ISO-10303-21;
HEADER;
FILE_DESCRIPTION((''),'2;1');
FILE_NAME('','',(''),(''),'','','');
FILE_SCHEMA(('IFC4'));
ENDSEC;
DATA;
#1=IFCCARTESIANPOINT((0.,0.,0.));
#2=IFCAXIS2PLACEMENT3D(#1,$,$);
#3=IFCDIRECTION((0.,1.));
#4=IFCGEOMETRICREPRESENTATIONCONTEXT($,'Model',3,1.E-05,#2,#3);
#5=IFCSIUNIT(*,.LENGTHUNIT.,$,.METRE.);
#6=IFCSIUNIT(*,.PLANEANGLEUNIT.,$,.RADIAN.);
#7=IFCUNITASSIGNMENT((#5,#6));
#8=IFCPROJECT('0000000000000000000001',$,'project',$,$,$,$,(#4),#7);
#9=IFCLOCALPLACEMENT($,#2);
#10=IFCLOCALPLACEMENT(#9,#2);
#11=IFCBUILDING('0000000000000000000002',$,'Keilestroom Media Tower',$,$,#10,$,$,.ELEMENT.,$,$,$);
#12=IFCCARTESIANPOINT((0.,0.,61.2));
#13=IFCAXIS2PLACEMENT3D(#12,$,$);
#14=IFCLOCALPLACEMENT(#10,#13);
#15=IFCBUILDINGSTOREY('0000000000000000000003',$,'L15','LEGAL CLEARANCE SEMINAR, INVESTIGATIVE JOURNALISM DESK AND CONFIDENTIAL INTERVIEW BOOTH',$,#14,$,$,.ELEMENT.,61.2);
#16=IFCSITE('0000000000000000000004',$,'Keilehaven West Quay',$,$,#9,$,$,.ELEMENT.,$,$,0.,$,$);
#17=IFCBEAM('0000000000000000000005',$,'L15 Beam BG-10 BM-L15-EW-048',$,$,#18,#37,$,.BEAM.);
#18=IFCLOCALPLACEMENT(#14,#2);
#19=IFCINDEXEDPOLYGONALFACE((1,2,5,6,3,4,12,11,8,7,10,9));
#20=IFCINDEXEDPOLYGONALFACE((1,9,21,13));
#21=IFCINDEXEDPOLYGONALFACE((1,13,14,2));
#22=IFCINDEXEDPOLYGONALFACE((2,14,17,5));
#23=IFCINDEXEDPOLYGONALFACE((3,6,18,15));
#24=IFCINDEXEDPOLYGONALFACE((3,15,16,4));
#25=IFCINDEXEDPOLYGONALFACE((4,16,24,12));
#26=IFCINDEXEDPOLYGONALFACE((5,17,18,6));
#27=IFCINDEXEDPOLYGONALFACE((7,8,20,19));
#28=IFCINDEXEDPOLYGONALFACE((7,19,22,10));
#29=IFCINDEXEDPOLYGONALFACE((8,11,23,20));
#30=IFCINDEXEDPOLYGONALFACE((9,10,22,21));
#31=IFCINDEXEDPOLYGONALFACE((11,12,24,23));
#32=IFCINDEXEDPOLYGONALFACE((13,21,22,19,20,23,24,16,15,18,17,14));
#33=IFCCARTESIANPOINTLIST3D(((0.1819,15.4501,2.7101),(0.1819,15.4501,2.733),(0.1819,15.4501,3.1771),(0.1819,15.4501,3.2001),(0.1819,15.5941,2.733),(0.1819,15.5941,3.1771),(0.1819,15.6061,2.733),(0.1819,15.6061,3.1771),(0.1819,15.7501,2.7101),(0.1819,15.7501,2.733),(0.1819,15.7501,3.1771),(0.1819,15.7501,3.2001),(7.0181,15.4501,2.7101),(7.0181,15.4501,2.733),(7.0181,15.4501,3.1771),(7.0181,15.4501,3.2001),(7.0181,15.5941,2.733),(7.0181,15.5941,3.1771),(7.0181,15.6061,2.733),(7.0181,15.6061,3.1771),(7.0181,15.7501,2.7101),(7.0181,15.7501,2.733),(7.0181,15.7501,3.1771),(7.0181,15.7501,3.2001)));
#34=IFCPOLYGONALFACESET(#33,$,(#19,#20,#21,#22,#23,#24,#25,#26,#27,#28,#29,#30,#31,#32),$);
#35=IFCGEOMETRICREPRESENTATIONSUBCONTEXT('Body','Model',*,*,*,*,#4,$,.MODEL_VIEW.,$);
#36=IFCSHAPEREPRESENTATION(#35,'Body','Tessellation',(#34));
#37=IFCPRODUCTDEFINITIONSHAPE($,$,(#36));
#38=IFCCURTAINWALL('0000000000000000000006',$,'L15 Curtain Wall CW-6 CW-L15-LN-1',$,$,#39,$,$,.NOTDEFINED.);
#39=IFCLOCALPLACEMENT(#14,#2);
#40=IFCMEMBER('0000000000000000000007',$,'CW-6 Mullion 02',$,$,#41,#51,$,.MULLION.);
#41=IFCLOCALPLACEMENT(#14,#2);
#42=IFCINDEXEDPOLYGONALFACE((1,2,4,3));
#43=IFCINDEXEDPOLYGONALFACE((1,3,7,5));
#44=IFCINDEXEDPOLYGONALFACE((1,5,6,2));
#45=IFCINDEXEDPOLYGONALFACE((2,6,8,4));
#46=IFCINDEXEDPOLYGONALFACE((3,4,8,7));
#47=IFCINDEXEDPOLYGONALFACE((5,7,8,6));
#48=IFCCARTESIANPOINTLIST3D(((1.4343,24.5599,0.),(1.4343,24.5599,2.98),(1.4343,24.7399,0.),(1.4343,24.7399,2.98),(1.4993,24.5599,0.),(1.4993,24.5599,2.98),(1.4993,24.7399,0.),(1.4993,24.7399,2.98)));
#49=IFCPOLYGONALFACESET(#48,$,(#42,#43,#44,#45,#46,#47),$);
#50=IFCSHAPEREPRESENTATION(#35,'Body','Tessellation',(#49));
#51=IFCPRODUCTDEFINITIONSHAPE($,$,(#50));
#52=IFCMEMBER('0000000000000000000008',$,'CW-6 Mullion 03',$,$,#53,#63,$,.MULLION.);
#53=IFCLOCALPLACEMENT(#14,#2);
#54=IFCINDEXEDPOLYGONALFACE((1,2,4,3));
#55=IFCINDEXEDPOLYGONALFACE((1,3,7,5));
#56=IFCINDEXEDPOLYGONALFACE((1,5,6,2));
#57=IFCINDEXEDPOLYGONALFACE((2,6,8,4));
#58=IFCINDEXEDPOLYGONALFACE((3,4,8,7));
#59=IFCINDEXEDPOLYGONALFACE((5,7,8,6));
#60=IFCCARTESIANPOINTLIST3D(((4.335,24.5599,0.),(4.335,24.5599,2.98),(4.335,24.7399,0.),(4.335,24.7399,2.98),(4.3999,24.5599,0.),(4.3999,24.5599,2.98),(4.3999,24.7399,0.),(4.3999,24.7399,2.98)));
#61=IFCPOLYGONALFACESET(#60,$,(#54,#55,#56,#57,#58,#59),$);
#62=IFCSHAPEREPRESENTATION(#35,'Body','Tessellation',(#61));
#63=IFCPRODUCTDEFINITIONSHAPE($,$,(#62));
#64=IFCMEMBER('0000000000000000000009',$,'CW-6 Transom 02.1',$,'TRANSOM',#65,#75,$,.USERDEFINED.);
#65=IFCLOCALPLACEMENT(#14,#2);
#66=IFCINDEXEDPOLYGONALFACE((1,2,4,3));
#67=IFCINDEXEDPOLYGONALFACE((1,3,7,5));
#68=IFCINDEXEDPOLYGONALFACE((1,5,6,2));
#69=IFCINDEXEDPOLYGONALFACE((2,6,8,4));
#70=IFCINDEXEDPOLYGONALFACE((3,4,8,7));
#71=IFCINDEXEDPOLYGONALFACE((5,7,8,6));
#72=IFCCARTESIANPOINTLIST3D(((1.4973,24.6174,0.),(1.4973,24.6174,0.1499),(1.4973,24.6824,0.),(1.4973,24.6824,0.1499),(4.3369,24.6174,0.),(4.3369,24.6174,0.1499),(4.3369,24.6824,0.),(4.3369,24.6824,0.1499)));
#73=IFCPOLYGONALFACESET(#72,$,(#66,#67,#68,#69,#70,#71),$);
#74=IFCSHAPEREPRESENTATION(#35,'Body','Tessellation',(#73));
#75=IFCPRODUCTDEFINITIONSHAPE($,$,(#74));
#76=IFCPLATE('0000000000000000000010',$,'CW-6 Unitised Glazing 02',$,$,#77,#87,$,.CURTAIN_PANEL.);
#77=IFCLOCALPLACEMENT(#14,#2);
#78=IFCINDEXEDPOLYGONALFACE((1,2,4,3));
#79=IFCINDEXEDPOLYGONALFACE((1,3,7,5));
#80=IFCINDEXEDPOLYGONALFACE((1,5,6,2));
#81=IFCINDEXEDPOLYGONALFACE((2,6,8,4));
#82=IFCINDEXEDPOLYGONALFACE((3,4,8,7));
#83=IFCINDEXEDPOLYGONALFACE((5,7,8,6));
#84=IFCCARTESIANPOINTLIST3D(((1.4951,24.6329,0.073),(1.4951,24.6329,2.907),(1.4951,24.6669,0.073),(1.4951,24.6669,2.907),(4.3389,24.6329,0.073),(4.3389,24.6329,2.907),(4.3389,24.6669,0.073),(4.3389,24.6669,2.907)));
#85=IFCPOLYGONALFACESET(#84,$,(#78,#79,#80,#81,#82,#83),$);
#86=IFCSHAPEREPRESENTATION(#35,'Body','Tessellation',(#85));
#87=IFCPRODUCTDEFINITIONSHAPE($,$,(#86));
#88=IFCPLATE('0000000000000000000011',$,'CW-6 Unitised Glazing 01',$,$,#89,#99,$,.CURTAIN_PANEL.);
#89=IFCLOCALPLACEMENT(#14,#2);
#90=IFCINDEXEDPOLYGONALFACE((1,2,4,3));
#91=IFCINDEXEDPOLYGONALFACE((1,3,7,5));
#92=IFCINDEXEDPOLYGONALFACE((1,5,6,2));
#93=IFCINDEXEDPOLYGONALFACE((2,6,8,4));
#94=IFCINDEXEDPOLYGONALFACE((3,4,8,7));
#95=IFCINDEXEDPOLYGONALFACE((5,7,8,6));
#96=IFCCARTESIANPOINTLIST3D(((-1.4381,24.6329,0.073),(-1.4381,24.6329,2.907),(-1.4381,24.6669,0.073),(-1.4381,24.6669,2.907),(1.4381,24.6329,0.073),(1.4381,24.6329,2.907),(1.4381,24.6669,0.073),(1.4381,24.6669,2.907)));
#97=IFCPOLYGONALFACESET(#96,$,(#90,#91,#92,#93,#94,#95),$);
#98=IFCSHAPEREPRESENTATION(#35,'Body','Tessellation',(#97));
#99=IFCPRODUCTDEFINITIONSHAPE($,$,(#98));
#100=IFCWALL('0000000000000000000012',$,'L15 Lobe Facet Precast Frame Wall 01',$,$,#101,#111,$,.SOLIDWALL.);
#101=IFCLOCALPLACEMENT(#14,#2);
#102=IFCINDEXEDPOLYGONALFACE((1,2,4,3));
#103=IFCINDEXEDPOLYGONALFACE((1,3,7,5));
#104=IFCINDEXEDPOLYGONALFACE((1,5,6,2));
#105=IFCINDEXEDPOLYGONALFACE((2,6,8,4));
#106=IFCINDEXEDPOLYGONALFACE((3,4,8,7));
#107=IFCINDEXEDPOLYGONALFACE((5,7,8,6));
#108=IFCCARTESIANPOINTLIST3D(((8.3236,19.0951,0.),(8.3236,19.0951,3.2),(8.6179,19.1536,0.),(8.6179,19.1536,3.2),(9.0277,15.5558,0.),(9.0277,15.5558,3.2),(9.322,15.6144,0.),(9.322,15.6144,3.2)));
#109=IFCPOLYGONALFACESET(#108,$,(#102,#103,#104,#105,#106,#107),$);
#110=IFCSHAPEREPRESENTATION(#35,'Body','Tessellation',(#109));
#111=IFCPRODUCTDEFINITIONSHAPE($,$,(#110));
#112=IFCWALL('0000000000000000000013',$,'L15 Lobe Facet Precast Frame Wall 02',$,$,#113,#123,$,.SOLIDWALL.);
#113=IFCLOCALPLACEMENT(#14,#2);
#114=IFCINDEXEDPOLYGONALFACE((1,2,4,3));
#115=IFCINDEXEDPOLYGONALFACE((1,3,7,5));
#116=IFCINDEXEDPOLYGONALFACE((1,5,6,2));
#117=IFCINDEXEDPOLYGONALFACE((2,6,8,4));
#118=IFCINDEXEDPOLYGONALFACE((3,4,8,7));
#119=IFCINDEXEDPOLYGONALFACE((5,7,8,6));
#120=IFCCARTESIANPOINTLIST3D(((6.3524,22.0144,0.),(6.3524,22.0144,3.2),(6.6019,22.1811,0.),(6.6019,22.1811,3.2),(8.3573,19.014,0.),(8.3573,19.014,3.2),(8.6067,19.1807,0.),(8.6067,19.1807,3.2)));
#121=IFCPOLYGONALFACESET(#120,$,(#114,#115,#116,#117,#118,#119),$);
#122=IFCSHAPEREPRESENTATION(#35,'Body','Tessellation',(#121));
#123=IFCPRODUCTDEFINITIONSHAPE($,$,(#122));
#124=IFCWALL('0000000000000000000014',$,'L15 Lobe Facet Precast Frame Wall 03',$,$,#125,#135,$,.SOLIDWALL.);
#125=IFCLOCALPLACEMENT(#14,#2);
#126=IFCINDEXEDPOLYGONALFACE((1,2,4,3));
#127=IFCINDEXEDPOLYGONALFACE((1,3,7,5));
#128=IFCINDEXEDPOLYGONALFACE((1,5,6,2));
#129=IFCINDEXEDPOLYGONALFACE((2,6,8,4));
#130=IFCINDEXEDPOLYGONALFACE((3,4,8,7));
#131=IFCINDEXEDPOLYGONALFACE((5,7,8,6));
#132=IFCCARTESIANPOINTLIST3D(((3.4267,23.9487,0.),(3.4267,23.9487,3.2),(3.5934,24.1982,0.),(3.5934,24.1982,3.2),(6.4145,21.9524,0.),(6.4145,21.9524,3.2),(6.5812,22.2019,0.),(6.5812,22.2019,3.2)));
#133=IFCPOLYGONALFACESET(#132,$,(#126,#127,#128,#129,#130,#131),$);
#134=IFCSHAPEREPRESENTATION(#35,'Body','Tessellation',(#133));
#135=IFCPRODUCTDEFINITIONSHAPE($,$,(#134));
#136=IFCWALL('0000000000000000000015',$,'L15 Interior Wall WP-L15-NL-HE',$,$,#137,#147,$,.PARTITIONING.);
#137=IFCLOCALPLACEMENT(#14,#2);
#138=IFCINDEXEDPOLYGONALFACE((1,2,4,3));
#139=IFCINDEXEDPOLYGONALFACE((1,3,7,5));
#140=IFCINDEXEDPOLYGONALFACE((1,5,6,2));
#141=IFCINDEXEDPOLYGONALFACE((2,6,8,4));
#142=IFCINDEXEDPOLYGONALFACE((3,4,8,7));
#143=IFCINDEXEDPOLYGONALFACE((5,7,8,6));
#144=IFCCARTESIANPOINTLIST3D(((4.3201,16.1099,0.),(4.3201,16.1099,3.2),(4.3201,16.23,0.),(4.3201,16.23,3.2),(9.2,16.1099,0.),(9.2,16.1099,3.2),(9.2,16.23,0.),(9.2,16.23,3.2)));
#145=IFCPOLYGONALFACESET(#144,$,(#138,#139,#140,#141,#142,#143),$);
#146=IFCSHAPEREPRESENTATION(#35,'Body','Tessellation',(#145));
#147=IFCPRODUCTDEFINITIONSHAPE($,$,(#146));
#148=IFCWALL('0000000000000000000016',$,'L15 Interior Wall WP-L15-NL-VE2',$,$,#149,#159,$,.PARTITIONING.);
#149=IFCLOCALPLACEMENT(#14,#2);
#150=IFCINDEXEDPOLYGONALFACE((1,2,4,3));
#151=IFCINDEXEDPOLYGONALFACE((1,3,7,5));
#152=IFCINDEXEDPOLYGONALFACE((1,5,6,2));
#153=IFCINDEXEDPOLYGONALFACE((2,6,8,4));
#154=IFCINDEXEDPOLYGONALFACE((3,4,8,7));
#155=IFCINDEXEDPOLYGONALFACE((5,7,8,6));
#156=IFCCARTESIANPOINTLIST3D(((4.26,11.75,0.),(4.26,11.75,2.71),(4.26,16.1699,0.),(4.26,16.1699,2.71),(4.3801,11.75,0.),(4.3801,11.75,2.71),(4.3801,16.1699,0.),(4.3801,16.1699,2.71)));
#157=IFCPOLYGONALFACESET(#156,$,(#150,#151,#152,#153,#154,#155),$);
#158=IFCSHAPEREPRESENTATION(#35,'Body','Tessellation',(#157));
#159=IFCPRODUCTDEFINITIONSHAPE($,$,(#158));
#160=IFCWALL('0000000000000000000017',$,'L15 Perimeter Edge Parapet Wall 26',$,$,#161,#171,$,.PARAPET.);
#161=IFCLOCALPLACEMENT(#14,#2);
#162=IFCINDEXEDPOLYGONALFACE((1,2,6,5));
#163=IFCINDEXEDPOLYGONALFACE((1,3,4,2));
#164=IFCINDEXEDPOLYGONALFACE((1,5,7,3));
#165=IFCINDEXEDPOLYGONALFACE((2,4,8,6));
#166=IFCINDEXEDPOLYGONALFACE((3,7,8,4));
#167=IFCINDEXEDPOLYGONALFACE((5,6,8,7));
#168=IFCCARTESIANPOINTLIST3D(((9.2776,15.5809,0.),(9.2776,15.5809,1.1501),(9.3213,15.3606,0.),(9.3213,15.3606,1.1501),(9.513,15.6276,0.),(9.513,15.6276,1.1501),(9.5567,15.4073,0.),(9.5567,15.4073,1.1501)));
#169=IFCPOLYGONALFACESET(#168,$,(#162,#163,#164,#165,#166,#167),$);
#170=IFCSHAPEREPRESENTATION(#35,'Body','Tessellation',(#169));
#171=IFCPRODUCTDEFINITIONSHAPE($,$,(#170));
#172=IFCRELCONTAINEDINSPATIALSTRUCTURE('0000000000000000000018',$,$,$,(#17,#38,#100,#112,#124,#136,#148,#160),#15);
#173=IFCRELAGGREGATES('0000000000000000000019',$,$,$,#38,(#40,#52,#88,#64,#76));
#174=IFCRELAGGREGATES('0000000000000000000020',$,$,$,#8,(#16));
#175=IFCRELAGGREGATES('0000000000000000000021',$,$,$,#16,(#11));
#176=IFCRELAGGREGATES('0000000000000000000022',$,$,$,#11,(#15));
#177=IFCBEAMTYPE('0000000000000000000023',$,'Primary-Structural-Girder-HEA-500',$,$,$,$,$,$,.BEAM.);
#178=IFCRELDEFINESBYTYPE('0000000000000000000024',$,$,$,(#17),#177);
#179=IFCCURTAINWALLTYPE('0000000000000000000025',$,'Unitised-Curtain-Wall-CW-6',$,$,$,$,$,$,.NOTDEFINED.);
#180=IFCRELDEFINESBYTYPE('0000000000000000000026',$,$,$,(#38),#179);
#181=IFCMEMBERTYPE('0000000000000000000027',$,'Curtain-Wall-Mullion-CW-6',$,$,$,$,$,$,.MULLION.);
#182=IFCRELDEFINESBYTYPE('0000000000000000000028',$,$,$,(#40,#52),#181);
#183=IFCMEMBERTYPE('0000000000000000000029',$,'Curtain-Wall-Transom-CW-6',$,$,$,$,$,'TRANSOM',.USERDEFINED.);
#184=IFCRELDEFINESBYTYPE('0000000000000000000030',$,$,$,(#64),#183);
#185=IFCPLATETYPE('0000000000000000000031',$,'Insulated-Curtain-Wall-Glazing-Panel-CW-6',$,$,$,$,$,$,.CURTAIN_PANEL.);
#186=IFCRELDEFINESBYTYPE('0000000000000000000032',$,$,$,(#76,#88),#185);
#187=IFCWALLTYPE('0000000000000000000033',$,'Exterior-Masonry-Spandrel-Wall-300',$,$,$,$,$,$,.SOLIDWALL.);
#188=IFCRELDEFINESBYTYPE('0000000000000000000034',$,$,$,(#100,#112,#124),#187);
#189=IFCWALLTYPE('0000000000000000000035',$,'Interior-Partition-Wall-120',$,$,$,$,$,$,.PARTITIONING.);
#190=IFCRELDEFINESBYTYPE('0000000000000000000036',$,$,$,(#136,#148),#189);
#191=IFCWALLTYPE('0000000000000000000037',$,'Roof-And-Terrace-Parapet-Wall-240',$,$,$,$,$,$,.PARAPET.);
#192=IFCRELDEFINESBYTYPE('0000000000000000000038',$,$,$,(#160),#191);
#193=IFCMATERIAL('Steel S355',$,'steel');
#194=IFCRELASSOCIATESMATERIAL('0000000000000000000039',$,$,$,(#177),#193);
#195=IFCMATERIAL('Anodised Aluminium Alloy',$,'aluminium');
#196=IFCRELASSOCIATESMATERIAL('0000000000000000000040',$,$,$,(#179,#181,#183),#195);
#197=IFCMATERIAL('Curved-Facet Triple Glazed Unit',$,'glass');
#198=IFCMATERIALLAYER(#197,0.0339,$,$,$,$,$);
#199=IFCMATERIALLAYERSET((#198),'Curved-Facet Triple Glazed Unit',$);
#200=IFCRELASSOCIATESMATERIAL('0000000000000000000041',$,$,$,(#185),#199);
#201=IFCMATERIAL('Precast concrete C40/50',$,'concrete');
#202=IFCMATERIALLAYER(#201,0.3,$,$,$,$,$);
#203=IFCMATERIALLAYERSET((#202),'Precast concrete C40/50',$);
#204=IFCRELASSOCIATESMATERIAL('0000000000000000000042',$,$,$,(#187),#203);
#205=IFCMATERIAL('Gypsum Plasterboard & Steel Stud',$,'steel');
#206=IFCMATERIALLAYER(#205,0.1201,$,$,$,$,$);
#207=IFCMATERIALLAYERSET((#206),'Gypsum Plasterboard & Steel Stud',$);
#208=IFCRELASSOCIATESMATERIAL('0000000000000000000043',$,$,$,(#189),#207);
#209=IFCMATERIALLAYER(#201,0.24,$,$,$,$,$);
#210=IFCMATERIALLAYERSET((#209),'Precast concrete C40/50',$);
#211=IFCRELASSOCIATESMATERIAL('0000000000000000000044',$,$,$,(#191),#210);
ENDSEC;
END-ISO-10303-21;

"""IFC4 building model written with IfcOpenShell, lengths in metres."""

from ifc_helpers import new_model, si_unit, direction, frame, frame_2d, origin, origin_2d, place, context, subcontext, project, spatial, rectangle, i_section, extrude, source, transform, mapped, material, layer, layer_set, material_profile, profile_set, type_object, element, aggregate, save


model = new_model("IFC4")

# Units and contexts
model_context = context("Model", 3, precision=1e-05, world=origin(), true_north=direction((0.0, 1.0)))
body_context = subcontext(model_context, "Body", "Model", "MODEL_VIEW")
ifc_project = project(units=[si_unit("LENGTHUNIT", "METRE"), si_unit("PLANEANGLEUNIT", "RADIAN")], contexts=[model_context])

# Site, building, storey
site_placement = place(None, origin())
site = spatial("IfcSite", under=ifc_project, at=site_placement, Name="Keilehaven West Quay", CompositionType="ELEMENT", RefElevation=0.0)
building_placement = place(site_placement, origin())
building = spatial("IfcBuilding", under=site, at=building_placement, Name="Keilestroom Media Tower", CompositionType="ELEMENT")
storey_placement = place(building_placement, frame((0.0, 0.0, 61.2)))
storey = spatial("IfcBuildingStorey", under=building, at=storey_placement, Name="L15", Description="LEGAL CLEARANCE SEMINAR, INVESTIGATIVE JOURNALISM DESK AND CONFIDENTIAL INTERVIEW BOOTH", CompositionType="ELEMENT", Elevation=61.2)

# Beam
ifc_material_1 = material(Name="Steel S355", Category="steel")
ifc_material_profile_1 = material_profile(ifc_material_1, i_section(OverallWidth=0.3, OverallDepth=0.49, WebThickness=0.012, FlangeThickness=0.0229, at=origin_2d()), Name="HEA 500")
ifc_profile_set_1 = profile_set([ifc_material_profile_1], Name="Steel S355")
beam_type_1 = type_object("IfcBeamType", Name="Primary-Structural-Girder-HEA-500", PredefinedType="BEAM", material=ifc_profile_set_1)
shared_shape_1 = source(origin(), body_context, "Body", "SweptSolid", [
    extrude(i_section(OverallWidth=0.3, OverallDepth=0.49, WebThickness=0.012, FlangeThickness=0.0229, at=origin_2d()), origin(), (0.0, 0.0, 1.0), 6.8362),
])
for number, where, z_axis, x_axis, name in (
    (1, (0.1819, 15.6001, 2.9551), (1.0, 0.0, 0.0), (0.0, 1.0, 0.0), "L15 Beam BG-10 BM-L15-EW-048"),
):
    element("IfcBeam", number, at=place(storey_placement, frame(where, z_axis=z_axis, x_axis=x_axis)), inside=storey, type_object=beam_type_1, Name=name, PredefinedType="BEAM", context=body_context, shape_type="MappedRepresentation", body=[
        mapped(shared_shape_1, transform((0.0, 0.0, 0.0), x_axis=(1.0, 0.0, 0.0), y_axis=(0.0, 1.0, 0.0), z_axis=(0.0, 0.0, 1.0), scale=1.0)),
    ])

# Curtain wall, members, plates
ifc_material_2 = material(Name="Anodised Aluminium Alloy", Category="aluminium")
curtain_wall_type = type_object("IfcCurtainWallType", Name="Unitised-Curtain-Wall-CW-6", PredefinedType="NOTDEFINED", material=ifc_material_2)
curtain_wall_placement = place(storey_placement, origin())
curtain_wall = element("IfcCurtainWall", 2, at=curtain_wall_placement, inside=storey, type_object=curtain_wall_type, Name="L15 Curtain Wall CW-6 CW-L15-LN-1", PredefinedType="NOTDEFINED")
ifc_material_profile_2 = material_profile(ifc_material_2, rectangle(XDim=0.0649, YDim=0.1799, at=origin_2d()), Name="ALU MULLION 65x180")
ifc_profile_set_2 = profile_set([ifc_material_profile_2], Name="Anodised Aluminium Alloy")
member_type_1 = type_object("IfcMemberType", Name="Curtain-Wall-Mullion-CW-6", PredefinedType="MULLION", material=ifc_profile_set_2)
shared_shape_2 = source(origin(), body_context, "Body", "SweptSolid", [
    extrude(rectangle(XDim=0.0649, YDim=0.1799, at=origin_2d()), origin(), (0.0, 0.0, 1.0), 2.98),
])
member_1_placement = place(storey_placement, frame((1.4668, 24.6499, 0.0), z_axis=(0.0, 0.0, 1.0), x_axis=(1.0, 0.0, 0.0)))
member_1 = element("IfcMember", 3, at=member_1_placement, type_object=member_type_1, Name="CW-6 Mullion 02", PredefinedType="MULLION", context=body_context, shape_type="MappedRepresentation", body=[
    mapped(shared_shape_2, transform((0.0, 0.0, 0.0), x_axis=(1.0, 0.0, 0.0), y_axis=(0.0, 1.0, 0.0), z_axis=(0.0, 0.0, 1.0), scale=1.0)),
])
member_2_placement = place(storey_placement, frame((4.3674, 24.6499, 0.0), z_axis=(0.0, 0.0, 1.0), x_axis=(1.0, 0.0, 0.0)))
member_2 = element("IfcMember", 4, at=member_2_placement, type_object=member_type_1, Name="CW-6 Mullion 03", PredefinedType="MULLION", context=body_context, shape_type="MappedRepresentation", body=[
    mapped(shared_shape_2, transform((0.0, 0.0, 0.0), x_axis=(1.0, 0.0, 0.0), y_axis=(0.0, 1.0, 0.0), z_axis=(0.0, 0.0, 1.0), scale=1.0)),
])
ifc_material_profile_3 = material_profile(ifc_material_2, rectangle(XDim=0.0649, YDim=0.1499, at=origin_2d()), Name="ALU TRANSOM 65x150")
ifc_profile_set_3 = profile_set([ifc_material_profile_3], Name="Anodised Aluminium Alloy")
member_type_2 = type_object("IfcMemberType", Name="Curtain-Wall-Transom-CW-6", ElementType="TRANSOM", PredefinedType="USERDEFINED", material=ifc_profile_set_3)
shared_shape_3 = source(origin(), body_context, "Body", "SweptSolid", [
    extrude(rectangle(XDim=0.0649, YDim=0.1499, at=origin_2d()), origin(), (0.0, 0.0, 1.0), 2.8396),
])
member_3_placement = place(storey_placement, frame((1.4973, 24.6499, 0.075), z_axis=(1.0, 0.0, 0.0), x_axis=(0.0, 1.0, 0.0)))
member_3 = element("IfcMember", 5, at=member_3_placement, type_object=member_type_2, Name="CW-6 Transom 02.1", ObjectType="TRANSOM", PredefinedType="USERDEFINED", context=body_context, shape_type="MappedRepresentation", body=[
    mapped(shared_shape_3, transform((0.0, 0.0, 0.0), x_axis=(1.0, 0.0, 0.0), y_axis=(0.0, 1.0, 0.0), z_axis=(0.0, 0.0, 1.0), scale=1.0)),
])
ifc_material_3 = material(Name="Curved-Facet Triple Glazed Unit", Category="glass")
ifc_layer_1 = layer(ifc_material_3, 0.0339)
ifc_layer_set_1 = layer_set([ifc_layer_1], Name="Curved-Facet Triple Glazed Unit")
plate_type = type_object("IfcPlateType", Name="Insulated-Curtain-Wall-Glazing-Panel-CW-6", PredefinedType="CURTAIN_PANEL", material=ifc_layer_set_1)
shared_shape_4 = source(origin(), body_context, "Body", "SweptSolid", [
    extrude(rectangle(XDim=2.8438, YDim=0.0339, at=origin_2d()), origin(), (0.0, 0.0, 1.0), 2.834),
])
plate_1_placement = place(storey_placement, frame((2.917, 24.6499, 0.073), z_axis=(0.0, 0.0, 1.0), x_axis=(1.0, 0.0, 0.0)))
plate_1 = element("IfcPlate", 6, at=plate_1_placement, type_object=plate_type, Name="CW-6 Unitised Glazing 02", PredefinedType="CURTAIN_PANEL", context=body_context, shape_type="MappedRepresentation", body=[
    mapped(shared_shape_4, transform((0.0, 0.0, 0.0), x_axis=(1.0, 0.0, 0.0), y_axis=(0.0, 1.0, 0.0), z_axis=(0.0, 0.0, 1.0), scale=1.0)),
])
shared_shape_5 = source(origin(), body_context, "Body", "SweptSolid", [
    extrude(rectangle(XDim=2.8762, YDim=0.0339, at=origin_2d()), origin(), (0.0, 0.0, 1.0), 2.834),
])
plate_2_placement = place(storey_placement, frame((0.0, 24.6499, 0.073), z_axis=(0.0, 0.0, 1.0), x_axis=(1.0, 0.0, 0.0)))
plate_2 = element("IfcPlate", 7, at=plate_2_placement, type_object=plate_type, Name="CW-6 Unitised Glazing 01", PredefinedType="CURTAIN_PANEL", context=body_context, shape_type="MappedRepresentation", body=[
    mapped(shared_shape_5, transform((0.0, 0.0, 0.0), x_axis=(1.0, 0.0, 0.0), y_axis=(0.0, 1.0, 0.0), z_axis=(0.0, 0.0, 1.0), scale=1.0)),
])
aggregate(curtain_wall, [member_1, member_2, plate_2, member_3, plate_1])

# Walls
ifc_material_4 = material(Name="Precast concrete C40/50", Category="concrete")
ifc_layer_2 = layer(ifc_material_4, 0.3)
ifc_layer_set_2 = layer_set([ifc_layer_2], Name="Precast concrete C40/50")
wall_type_1 = type_object("IfcWallType", Name="Exterior-Masonry-Spandrel-Wall-300", PredefinedType="SOLIDWALL", material=ifc_layer_set_2)
for number, where, z_axis, x_axis, name in (
    (8, (9.1748, 15.5852, 0.0), (0.0, 0.0, 1.0), (-0.195114, 0.980781, 0.0), "L15 Lobe Facet Precast Frame Wall 01"),
    (9, (8.4819, 19.0974, 0.0), (0.0, 0.0, 1.0), (-0.555574, 0.831467, 0.0), "L15 Lobe Facet Precast Frame Wall 02"),
):
    element("IfcWall", number, at=place(storey_placement, frame(where, z_axis=z_axis, x_axis=x_axis)), inside=storey, type_object=wall_type_1, Name=name, PredefinedType="SOLIDWALL", context=body_context, shape_type="SweptSolid", body=[
        extrude(rectangle(XDim=3.6086, YDim=0.3, at=frame_2d((1.8042, 0.0))), origin(), (0.0, 0.0, 1.0), 3.2),
    ])
wall_1_placement = place(storey_placement, frame((6.4978, 22.0771, 0.0), z_axis=(0.0, 0.0, 1.0), x_axis=(-0.831475, 0.555562, 0.0)))
element("IfcWall", 10, at=wall_1_placement, inside=storey, type_object=wall_type_1, Name="L15 Lobe Facet Precast Frame Wall 03", PredefinedType="SOLIDWALL", context=body_context, shape_type="SweptSolid", body=[
    extrude(rectangle(XDim=3.5933, YDim=0.3, at=frame_2d((1.7966, 0.0))), origin(), (0.0, 0.0, 1.0), 3.2),
])
ifc_material_5 = material(Name="Gypsum Plasterboard & Steel Stud", Category="steel")
ifc_layer_3 = layer(ifc_material_5, 0.1201)
ifc_layer_set_3 = layer_set([ifc_layer_3], Name="Gypsum Plasterboard & Steel Stud")
wall_type_2 = type_object("IfcWallType", Name="Interior-Partition-Wall-120", PredefinedType="PARTITIONING", material=ifc_layer_set_3)
wall_2_placement = place(storey_placement, frame((4.3201, 16.1699, 0.0), z_axis=(0.0, 0.0, 1.0), x_axis=(1.0, 0.0, 0.0)))
element("IfcWall", 11, at=wall_2_placement, inside=storey, type_object=wall_type_2, Name="L15 Interior Wall WP-L15-NL-HE", PredefinedType="PARTITIONING", context=body_context, shape_type="SweptSolid", body=[
    extrude(rectangle(XDim=4.8799, YDim=0.1201, at=frame_2d((2.4399, 0.0))), origin(), (0.0, 0.0, 1.0), 3.2),
])
wall_3_placement = place(storey_placement, frame((4.3201, 11.75, 0.0), z_axis=(0.0, 0.0, 1.0), x_axis=(0.0, 1.0, 0.0)))
element("IfcWall", 12, at=wall_3_placement, inside=storey, type_object=wall_type_2, Name="L15 Interior Wall WP-L15-NL-VE2", PredefinedType="PARTITIONING", context=body_context, shape_type="SweptSolid", body=[
    extrude(rectangle(XDim=4.4199, YDim=0.1201, at=frame_2d((2.21, 0.0))), origin(), (0.0, 0.0, 1.0), 2.71),
])
ifc_layer_4 = layer(ifc_material_4, 0.24)
ifc_layer_set_4 = layer_set([ifc_layer_4], Name="Precast concrete C40/50")
wall_type_3 = type_object("IfcWallType", Name="Roof-And-Terrace-Parapet-Wall-240", PredefinedType="PARAPET", material=ifc_layer_set_4)
wall_4_placement = place(storey_placement, frame((9.3953, 15.6042, 0.0), z_axis=(0.0, 0.0, 1.0), x_axis=(0.194652, -0.980872, 0.0)))
element("IfcWall", 13, at=wall_4_placement, inside=storey, type_object=wall_type_3, Name="L15 Perimeter Edge Parapet Wall 26", PredefinedType="PARAPET", context=body_context, shape_type="SweptSolid", body=[
    extrude(rectangle(XDim=0.2246, YDim=0.24, at=frame_2d((0.1123, 0.0))), origin(), (0.0, 0.0, 1.0), 1.1501),
])

save(model, "model.ifc")
